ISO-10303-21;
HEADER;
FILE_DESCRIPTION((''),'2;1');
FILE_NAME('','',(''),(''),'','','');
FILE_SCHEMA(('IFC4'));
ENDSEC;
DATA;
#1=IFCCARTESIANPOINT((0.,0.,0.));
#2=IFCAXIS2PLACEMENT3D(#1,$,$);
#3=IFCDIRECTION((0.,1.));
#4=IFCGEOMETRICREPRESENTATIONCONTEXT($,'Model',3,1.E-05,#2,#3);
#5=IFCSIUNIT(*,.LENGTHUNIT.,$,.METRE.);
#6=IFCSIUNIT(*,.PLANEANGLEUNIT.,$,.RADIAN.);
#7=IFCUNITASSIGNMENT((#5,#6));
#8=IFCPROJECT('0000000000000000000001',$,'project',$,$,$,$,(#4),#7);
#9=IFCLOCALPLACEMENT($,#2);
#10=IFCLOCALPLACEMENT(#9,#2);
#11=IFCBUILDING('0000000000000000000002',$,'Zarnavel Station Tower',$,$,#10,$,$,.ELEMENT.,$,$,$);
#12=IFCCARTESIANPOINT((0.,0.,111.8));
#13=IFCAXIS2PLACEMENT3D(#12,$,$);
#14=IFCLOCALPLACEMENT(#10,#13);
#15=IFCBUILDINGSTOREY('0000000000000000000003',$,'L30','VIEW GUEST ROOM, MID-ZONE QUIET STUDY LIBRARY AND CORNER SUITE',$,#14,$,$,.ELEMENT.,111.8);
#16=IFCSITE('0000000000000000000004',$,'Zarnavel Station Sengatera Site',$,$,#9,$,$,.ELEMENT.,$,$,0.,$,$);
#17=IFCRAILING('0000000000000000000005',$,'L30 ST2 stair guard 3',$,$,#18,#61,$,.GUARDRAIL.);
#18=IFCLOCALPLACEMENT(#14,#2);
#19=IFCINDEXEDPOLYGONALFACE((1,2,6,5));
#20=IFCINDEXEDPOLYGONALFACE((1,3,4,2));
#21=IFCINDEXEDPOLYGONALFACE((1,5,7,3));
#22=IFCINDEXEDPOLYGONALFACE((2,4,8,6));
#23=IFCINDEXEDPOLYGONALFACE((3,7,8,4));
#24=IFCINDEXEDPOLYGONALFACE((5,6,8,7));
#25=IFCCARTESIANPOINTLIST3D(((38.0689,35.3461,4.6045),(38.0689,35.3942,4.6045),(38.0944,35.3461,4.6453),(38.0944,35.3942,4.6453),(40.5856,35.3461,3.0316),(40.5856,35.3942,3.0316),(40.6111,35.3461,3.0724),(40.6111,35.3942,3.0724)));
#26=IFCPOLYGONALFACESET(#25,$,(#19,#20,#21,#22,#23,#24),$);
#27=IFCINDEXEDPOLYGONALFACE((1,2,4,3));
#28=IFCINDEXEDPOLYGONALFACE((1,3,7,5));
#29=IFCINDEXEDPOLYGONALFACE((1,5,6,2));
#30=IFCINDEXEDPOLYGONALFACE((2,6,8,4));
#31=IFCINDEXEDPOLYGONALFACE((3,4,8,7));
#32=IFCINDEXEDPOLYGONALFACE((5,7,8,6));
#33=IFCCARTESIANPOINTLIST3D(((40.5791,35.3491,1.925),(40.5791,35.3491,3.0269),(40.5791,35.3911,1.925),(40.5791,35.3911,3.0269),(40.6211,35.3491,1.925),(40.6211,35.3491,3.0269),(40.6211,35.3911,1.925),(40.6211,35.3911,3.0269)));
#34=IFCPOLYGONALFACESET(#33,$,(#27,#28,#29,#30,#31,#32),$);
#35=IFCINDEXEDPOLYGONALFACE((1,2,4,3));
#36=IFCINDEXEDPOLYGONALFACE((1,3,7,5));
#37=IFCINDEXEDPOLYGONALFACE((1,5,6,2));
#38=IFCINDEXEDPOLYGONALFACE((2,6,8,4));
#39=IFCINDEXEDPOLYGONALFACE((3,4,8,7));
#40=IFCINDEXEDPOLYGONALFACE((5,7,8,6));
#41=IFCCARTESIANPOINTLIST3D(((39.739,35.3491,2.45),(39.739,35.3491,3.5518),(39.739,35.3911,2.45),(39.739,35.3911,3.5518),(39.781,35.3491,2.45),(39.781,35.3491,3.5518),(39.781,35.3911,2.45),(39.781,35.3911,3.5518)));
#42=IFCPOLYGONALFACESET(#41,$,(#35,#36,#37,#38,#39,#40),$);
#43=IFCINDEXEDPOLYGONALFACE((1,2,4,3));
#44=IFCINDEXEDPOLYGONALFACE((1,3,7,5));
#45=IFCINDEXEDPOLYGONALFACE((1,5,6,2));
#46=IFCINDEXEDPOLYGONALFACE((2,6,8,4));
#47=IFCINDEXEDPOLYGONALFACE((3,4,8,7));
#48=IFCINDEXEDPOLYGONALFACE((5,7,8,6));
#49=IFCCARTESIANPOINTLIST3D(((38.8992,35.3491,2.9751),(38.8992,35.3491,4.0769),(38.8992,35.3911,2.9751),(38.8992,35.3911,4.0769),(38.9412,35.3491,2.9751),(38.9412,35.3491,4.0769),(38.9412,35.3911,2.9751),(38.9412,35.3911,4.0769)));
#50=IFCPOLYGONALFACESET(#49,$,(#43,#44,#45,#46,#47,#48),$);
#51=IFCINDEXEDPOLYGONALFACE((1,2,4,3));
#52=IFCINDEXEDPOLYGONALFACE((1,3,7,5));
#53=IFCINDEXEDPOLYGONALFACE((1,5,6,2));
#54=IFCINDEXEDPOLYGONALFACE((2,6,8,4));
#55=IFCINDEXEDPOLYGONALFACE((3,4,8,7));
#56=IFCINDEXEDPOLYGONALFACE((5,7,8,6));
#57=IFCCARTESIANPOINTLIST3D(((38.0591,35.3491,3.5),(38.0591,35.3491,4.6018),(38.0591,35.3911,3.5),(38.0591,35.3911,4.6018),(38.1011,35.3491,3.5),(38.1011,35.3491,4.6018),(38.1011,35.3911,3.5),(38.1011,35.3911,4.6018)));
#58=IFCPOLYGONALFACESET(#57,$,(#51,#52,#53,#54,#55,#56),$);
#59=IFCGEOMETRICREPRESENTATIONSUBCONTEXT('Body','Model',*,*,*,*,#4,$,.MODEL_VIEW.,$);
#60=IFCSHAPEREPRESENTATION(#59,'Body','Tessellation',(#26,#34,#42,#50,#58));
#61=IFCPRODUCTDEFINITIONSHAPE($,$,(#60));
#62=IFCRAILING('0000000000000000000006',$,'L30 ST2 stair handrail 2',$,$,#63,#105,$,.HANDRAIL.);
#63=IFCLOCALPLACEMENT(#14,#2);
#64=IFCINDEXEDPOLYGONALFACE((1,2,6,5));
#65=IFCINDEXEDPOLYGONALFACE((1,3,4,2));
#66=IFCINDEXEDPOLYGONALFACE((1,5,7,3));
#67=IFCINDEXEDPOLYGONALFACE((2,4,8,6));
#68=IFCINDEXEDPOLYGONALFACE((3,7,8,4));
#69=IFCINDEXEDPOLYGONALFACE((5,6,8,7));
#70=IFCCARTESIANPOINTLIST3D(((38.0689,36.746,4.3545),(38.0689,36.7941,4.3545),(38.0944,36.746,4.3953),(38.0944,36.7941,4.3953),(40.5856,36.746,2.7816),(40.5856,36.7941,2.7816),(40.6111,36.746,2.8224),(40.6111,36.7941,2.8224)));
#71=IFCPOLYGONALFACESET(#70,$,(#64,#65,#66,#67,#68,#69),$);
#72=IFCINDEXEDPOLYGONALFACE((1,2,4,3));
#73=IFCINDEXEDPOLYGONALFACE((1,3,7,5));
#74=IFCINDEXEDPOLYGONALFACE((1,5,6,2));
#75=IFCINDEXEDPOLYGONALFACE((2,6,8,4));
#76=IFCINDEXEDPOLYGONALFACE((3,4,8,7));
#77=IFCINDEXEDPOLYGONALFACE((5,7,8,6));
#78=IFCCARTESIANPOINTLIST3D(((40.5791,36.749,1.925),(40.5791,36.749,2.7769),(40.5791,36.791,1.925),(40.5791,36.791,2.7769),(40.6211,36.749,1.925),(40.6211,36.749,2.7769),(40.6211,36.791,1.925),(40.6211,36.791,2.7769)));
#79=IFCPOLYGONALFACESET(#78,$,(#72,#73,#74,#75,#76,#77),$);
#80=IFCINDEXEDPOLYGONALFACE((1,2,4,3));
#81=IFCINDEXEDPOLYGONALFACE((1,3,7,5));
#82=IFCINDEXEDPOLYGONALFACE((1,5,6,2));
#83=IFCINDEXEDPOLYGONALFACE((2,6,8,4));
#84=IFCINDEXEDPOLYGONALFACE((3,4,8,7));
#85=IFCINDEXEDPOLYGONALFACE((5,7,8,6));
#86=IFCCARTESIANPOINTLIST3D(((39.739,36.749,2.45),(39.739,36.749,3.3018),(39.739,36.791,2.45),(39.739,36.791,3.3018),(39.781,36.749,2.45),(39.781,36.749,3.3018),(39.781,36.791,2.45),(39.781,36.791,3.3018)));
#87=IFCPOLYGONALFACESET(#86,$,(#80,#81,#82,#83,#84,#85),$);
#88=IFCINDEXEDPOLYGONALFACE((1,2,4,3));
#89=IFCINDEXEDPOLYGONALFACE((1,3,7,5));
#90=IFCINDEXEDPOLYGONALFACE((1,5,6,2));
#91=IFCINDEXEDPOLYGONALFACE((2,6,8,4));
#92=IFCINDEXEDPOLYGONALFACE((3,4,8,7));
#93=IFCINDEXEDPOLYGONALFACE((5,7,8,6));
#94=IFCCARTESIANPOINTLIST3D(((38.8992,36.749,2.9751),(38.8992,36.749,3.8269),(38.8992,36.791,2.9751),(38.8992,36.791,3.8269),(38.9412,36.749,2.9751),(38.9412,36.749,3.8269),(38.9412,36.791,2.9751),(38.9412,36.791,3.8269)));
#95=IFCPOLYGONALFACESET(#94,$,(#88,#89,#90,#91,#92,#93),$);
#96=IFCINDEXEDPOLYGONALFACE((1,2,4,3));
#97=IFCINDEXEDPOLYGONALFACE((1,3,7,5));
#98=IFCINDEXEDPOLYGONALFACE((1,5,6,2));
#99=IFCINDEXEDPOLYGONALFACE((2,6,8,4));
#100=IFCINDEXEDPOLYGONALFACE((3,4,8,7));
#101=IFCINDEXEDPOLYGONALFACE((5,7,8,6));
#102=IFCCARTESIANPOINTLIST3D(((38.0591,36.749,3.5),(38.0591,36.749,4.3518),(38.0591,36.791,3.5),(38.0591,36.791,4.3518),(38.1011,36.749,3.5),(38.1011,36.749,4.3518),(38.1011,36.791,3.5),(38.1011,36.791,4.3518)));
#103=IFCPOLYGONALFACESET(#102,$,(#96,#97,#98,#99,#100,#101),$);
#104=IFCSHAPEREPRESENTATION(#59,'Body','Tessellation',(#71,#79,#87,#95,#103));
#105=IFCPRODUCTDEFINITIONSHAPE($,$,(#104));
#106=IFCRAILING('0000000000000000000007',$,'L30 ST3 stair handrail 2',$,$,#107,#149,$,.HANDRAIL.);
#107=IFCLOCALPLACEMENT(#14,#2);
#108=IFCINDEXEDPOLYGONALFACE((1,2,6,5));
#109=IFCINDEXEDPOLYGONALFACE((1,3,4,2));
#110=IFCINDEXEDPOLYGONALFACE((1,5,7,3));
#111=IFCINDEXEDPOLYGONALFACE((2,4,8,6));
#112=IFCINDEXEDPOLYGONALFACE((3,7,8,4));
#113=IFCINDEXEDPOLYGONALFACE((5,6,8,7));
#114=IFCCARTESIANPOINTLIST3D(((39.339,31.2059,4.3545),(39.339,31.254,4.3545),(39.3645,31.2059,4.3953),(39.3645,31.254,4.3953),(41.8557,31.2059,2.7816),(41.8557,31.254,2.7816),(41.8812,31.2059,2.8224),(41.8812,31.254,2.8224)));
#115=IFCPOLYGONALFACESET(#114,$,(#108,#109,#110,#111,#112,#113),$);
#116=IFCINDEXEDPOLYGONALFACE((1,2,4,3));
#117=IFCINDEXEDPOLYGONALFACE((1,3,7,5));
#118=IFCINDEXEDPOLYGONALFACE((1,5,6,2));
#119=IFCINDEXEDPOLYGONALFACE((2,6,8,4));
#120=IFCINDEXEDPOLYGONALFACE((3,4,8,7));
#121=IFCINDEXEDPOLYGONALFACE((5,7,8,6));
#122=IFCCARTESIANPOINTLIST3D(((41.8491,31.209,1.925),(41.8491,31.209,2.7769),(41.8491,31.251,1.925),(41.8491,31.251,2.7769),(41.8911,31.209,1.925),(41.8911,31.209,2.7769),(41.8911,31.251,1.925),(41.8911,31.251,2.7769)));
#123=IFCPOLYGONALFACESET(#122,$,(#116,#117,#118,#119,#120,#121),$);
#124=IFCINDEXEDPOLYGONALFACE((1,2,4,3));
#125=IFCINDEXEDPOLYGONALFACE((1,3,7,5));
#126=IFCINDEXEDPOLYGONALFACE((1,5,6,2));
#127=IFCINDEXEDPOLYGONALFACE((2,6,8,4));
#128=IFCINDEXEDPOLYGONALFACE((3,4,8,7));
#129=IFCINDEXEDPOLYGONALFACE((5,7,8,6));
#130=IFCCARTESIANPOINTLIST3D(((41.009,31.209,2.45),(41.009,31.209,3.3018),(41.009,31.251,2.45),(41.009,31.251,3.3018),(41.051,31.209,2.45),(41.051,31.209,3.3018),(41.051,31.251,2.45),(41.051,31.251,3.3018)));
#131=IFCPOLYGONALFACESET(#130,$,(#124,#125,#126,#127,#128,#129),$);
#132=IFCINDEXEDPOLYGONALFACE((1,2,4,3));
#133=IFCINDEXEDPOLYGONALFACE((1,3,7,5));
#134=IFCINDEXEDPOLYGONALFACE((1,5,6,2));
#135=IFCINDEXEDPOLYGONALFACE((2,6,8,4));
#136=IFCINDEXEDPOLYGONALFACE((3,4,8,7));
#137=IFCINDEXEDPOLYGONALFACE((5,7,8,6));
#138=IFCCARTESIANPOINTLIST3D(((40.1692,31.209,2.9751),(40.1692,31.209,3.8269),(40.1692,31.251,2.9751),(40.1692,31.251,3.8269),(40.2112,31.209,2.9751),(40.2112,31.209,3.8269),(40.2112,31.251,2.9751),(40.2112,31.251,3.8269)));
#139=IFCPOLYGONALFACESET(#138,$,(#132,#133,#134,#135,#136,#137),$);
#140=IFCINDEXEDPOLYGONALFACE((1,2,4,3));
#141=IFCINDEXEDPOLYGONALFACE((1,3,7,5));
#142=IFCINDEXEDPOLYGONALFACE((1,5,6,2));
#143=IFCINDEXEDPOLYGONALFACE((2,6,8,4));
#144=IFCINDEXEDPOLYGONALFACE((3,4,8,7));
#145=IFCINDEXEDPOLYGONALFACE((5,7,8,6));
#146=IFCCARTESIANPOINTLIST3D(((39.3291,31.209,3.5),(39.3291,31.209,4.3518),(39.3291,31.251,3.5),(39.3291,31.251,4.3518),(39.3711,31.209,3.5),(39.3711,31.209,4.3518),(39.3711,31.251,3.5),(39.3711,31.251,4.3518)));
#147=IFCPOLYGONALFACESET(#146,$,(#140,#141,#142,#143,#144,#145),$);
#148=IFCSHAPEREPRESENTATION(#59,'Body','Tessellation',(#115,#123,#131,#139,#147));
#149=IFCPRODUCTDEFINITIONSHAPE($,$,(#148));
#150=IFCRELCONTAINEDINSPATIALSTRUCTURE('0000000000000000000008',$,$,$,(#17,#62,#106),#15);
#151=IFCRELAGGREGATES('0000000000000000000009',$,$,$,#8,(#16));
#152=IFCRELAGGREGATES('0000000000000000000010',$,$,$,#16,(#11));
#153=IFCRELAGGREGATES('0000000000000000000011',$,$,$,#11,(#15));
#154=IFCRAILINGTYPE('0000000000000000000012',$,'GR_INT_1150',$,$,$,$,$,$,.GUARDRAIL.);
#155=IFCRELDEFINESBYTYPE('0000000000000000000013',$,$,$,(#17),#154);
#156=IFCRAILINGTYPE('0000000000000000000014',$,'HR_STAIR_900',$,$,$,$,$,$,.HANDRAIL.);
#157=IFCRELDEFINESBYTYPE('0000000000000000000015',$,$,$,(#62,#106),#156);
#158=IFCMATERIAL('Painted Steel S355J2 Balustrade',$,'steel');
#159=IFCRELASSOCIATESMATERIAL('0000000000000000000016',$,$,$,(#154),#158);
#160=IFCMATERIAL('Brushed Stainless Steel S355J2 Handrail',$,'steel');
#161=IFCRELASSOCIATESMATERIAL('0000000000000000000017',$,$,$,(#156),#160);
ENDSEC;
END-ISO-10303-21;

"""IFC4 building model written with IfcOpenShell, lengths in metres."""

from ifc_helpers import new_model, si_unit, direction, frame, origin, origin_2d, place, context, subcontext, project, spatial, rectangle, extrude, material, type_object, element, save


model = new_model("IFC4")

# Units and contexts
model_context = context("Model", 3, precision=1e-05, world=origin(), true_north=direction((0.0, 1.0)))
body_context = subcontext(model_context, "Body", "Model", "MODEL_VIEW")
ifc_project = project(units=[si_unit("LENGTHUNIT", "METRE"), si_unit("PLANEANGLEUNIT", "RADIAN")], contexts=[model_context])

# Site, building, storey
site_placement = place(None, origin())
site = spatial("IfcSite", under=ifc_project, at=site_placement, Name="Zarnavel Station Sengatera Site", CompositionType="ELEMENT", RefElevation=0.0)
building_placement = place(site_placement, origin())
building = spatial("IfcBuilding", under=site, at=building_placement, Name="Zarnavel Station Tower", CompositionType="ELEMENT")
storey_placement = place(building_placement, frame((0.0, 0.0, 111.8)))
storey = spatial("IfcBuildingStorey", under=building, at=storey_placement, Name="L30", Description="VIEW GUEST ROOM, MID-ZONE QUIET STUDY LIBRARY AND CORNER SUITE", CompositionType="ELEMENT", Elevation=111.8)

# Railings
ifc_material_1 = material(Name="Painted Steel S355J2 Balustrade", Category="steel")
railing_type_1 = type_object("IfcRailingType", Name="GR_INT_1150", PredefinedType="GUARDRAIL", material=ifc_material_1)
railing_1_placement = place(storey_placement, frame((40.6001, 35.3701, 1.925)))
element("IfcRailing", 1, at=railing_1_placement, inside=storey, type_object=railing_type_1, Name="L30 ST2 stair guard 3", PredefinedType="GUARDRAIL", context=body_context, shape_type="SweptSolid", body=[
    extrude(rectangle(XDim=0.0481, YDim=0.0481, at=origin_2d()), frame((-0.0017, 0.0, 1.127), z_axis=(-0.848008, 0.0, 0.529984), x_axis=(0.0, -1.0, 0.0)), (0.0, 0.0, 1.0), 2.9678),
    extrude(rectangle(XDim=0.042, YDim=0.042, at=origin_2d()), origin(), (0.0, 0.0, 1.0), 1.1018),
    extrude(rectangle(XDim=0.042, YDim=0.042, at=origin_2d()), frame((-0.8401, 0.0, 0.5249)), (0.0, 0.0, 1.0), 1.1018),
    extrude(rectangle(XDim=0.042, YDim=0.042, at=origin_2d()), frame((-1.6799, 0.0, 1.05)), (0.0, 0.0, 1.0), 1.1018),
    extrude(rectangle(XDim=0.042, YDim=0.042, at=origin_2d()), frame((-2.52, 0.0, 1.575)), (0.0, 0.0, 1.0), 1.1018),
])
ifc_material_2 = material(Name="Brushed Stainless Steel S355J2 Handrail", Category="steel")
railing_type_2 = type_object("IfcRailingType", Name="HR_STAIR_900", PredefinedType="HANDRAIL", material=ifc_material_2)
for number, where, name in (
    (2, (40.6001, 36.77, 1.925), "L30 ST2 stair handrail 2"),
    (3, (41.8701, 31.23, 1.925), "L30 ST3 stair handrail 2"),
):
    element("IfcRailing", number, at=place(storey_placement, frame(where)), inside=storey, type_object=railing_type_2, Name=name, PredefinedType="HANDRAIL", context=body_context, shape_type="SweptSolid", body=[
        extrude(rectangle(XDim=0.0481, YDim=0.0481, at=origin_2d()), frame((-0.0017, 0.0, 0.877), z_axis=(-0.848008, 0.0, 0.529984), x_axis=(0.0, -1.0, 0.0)), (0.0, 0.0, 1.0), 2.9678),
        extrude(rectangle(XDim=0.042, YDim=0.042, at=origin_2d()), origin(), (0.0, 0.0, 1.0), 0.8518),
        extrude(rectangle(XDim=0.042, YDim=0.042, at=origin_2d()), frame((-0.8401, 0.0, 0.5249)), (0.0, 0.0, 1.0), 0.8518),
        extrude(rectangle(XDim=0.042, YDim=0.042, at=origin_2d()), frame((-1.6799, 0.0, 1.05)), (0.0, 0.0, 1.0), 0.8518),
        extrude(rectangle(XDim=0.042, YDim=0.042, at=origin_2d()), frame((-2.52, 0.0, 1.575)), (0.0, 0.0, 1.0), 0.8518),
    ])

save(model, "model.ifc")
